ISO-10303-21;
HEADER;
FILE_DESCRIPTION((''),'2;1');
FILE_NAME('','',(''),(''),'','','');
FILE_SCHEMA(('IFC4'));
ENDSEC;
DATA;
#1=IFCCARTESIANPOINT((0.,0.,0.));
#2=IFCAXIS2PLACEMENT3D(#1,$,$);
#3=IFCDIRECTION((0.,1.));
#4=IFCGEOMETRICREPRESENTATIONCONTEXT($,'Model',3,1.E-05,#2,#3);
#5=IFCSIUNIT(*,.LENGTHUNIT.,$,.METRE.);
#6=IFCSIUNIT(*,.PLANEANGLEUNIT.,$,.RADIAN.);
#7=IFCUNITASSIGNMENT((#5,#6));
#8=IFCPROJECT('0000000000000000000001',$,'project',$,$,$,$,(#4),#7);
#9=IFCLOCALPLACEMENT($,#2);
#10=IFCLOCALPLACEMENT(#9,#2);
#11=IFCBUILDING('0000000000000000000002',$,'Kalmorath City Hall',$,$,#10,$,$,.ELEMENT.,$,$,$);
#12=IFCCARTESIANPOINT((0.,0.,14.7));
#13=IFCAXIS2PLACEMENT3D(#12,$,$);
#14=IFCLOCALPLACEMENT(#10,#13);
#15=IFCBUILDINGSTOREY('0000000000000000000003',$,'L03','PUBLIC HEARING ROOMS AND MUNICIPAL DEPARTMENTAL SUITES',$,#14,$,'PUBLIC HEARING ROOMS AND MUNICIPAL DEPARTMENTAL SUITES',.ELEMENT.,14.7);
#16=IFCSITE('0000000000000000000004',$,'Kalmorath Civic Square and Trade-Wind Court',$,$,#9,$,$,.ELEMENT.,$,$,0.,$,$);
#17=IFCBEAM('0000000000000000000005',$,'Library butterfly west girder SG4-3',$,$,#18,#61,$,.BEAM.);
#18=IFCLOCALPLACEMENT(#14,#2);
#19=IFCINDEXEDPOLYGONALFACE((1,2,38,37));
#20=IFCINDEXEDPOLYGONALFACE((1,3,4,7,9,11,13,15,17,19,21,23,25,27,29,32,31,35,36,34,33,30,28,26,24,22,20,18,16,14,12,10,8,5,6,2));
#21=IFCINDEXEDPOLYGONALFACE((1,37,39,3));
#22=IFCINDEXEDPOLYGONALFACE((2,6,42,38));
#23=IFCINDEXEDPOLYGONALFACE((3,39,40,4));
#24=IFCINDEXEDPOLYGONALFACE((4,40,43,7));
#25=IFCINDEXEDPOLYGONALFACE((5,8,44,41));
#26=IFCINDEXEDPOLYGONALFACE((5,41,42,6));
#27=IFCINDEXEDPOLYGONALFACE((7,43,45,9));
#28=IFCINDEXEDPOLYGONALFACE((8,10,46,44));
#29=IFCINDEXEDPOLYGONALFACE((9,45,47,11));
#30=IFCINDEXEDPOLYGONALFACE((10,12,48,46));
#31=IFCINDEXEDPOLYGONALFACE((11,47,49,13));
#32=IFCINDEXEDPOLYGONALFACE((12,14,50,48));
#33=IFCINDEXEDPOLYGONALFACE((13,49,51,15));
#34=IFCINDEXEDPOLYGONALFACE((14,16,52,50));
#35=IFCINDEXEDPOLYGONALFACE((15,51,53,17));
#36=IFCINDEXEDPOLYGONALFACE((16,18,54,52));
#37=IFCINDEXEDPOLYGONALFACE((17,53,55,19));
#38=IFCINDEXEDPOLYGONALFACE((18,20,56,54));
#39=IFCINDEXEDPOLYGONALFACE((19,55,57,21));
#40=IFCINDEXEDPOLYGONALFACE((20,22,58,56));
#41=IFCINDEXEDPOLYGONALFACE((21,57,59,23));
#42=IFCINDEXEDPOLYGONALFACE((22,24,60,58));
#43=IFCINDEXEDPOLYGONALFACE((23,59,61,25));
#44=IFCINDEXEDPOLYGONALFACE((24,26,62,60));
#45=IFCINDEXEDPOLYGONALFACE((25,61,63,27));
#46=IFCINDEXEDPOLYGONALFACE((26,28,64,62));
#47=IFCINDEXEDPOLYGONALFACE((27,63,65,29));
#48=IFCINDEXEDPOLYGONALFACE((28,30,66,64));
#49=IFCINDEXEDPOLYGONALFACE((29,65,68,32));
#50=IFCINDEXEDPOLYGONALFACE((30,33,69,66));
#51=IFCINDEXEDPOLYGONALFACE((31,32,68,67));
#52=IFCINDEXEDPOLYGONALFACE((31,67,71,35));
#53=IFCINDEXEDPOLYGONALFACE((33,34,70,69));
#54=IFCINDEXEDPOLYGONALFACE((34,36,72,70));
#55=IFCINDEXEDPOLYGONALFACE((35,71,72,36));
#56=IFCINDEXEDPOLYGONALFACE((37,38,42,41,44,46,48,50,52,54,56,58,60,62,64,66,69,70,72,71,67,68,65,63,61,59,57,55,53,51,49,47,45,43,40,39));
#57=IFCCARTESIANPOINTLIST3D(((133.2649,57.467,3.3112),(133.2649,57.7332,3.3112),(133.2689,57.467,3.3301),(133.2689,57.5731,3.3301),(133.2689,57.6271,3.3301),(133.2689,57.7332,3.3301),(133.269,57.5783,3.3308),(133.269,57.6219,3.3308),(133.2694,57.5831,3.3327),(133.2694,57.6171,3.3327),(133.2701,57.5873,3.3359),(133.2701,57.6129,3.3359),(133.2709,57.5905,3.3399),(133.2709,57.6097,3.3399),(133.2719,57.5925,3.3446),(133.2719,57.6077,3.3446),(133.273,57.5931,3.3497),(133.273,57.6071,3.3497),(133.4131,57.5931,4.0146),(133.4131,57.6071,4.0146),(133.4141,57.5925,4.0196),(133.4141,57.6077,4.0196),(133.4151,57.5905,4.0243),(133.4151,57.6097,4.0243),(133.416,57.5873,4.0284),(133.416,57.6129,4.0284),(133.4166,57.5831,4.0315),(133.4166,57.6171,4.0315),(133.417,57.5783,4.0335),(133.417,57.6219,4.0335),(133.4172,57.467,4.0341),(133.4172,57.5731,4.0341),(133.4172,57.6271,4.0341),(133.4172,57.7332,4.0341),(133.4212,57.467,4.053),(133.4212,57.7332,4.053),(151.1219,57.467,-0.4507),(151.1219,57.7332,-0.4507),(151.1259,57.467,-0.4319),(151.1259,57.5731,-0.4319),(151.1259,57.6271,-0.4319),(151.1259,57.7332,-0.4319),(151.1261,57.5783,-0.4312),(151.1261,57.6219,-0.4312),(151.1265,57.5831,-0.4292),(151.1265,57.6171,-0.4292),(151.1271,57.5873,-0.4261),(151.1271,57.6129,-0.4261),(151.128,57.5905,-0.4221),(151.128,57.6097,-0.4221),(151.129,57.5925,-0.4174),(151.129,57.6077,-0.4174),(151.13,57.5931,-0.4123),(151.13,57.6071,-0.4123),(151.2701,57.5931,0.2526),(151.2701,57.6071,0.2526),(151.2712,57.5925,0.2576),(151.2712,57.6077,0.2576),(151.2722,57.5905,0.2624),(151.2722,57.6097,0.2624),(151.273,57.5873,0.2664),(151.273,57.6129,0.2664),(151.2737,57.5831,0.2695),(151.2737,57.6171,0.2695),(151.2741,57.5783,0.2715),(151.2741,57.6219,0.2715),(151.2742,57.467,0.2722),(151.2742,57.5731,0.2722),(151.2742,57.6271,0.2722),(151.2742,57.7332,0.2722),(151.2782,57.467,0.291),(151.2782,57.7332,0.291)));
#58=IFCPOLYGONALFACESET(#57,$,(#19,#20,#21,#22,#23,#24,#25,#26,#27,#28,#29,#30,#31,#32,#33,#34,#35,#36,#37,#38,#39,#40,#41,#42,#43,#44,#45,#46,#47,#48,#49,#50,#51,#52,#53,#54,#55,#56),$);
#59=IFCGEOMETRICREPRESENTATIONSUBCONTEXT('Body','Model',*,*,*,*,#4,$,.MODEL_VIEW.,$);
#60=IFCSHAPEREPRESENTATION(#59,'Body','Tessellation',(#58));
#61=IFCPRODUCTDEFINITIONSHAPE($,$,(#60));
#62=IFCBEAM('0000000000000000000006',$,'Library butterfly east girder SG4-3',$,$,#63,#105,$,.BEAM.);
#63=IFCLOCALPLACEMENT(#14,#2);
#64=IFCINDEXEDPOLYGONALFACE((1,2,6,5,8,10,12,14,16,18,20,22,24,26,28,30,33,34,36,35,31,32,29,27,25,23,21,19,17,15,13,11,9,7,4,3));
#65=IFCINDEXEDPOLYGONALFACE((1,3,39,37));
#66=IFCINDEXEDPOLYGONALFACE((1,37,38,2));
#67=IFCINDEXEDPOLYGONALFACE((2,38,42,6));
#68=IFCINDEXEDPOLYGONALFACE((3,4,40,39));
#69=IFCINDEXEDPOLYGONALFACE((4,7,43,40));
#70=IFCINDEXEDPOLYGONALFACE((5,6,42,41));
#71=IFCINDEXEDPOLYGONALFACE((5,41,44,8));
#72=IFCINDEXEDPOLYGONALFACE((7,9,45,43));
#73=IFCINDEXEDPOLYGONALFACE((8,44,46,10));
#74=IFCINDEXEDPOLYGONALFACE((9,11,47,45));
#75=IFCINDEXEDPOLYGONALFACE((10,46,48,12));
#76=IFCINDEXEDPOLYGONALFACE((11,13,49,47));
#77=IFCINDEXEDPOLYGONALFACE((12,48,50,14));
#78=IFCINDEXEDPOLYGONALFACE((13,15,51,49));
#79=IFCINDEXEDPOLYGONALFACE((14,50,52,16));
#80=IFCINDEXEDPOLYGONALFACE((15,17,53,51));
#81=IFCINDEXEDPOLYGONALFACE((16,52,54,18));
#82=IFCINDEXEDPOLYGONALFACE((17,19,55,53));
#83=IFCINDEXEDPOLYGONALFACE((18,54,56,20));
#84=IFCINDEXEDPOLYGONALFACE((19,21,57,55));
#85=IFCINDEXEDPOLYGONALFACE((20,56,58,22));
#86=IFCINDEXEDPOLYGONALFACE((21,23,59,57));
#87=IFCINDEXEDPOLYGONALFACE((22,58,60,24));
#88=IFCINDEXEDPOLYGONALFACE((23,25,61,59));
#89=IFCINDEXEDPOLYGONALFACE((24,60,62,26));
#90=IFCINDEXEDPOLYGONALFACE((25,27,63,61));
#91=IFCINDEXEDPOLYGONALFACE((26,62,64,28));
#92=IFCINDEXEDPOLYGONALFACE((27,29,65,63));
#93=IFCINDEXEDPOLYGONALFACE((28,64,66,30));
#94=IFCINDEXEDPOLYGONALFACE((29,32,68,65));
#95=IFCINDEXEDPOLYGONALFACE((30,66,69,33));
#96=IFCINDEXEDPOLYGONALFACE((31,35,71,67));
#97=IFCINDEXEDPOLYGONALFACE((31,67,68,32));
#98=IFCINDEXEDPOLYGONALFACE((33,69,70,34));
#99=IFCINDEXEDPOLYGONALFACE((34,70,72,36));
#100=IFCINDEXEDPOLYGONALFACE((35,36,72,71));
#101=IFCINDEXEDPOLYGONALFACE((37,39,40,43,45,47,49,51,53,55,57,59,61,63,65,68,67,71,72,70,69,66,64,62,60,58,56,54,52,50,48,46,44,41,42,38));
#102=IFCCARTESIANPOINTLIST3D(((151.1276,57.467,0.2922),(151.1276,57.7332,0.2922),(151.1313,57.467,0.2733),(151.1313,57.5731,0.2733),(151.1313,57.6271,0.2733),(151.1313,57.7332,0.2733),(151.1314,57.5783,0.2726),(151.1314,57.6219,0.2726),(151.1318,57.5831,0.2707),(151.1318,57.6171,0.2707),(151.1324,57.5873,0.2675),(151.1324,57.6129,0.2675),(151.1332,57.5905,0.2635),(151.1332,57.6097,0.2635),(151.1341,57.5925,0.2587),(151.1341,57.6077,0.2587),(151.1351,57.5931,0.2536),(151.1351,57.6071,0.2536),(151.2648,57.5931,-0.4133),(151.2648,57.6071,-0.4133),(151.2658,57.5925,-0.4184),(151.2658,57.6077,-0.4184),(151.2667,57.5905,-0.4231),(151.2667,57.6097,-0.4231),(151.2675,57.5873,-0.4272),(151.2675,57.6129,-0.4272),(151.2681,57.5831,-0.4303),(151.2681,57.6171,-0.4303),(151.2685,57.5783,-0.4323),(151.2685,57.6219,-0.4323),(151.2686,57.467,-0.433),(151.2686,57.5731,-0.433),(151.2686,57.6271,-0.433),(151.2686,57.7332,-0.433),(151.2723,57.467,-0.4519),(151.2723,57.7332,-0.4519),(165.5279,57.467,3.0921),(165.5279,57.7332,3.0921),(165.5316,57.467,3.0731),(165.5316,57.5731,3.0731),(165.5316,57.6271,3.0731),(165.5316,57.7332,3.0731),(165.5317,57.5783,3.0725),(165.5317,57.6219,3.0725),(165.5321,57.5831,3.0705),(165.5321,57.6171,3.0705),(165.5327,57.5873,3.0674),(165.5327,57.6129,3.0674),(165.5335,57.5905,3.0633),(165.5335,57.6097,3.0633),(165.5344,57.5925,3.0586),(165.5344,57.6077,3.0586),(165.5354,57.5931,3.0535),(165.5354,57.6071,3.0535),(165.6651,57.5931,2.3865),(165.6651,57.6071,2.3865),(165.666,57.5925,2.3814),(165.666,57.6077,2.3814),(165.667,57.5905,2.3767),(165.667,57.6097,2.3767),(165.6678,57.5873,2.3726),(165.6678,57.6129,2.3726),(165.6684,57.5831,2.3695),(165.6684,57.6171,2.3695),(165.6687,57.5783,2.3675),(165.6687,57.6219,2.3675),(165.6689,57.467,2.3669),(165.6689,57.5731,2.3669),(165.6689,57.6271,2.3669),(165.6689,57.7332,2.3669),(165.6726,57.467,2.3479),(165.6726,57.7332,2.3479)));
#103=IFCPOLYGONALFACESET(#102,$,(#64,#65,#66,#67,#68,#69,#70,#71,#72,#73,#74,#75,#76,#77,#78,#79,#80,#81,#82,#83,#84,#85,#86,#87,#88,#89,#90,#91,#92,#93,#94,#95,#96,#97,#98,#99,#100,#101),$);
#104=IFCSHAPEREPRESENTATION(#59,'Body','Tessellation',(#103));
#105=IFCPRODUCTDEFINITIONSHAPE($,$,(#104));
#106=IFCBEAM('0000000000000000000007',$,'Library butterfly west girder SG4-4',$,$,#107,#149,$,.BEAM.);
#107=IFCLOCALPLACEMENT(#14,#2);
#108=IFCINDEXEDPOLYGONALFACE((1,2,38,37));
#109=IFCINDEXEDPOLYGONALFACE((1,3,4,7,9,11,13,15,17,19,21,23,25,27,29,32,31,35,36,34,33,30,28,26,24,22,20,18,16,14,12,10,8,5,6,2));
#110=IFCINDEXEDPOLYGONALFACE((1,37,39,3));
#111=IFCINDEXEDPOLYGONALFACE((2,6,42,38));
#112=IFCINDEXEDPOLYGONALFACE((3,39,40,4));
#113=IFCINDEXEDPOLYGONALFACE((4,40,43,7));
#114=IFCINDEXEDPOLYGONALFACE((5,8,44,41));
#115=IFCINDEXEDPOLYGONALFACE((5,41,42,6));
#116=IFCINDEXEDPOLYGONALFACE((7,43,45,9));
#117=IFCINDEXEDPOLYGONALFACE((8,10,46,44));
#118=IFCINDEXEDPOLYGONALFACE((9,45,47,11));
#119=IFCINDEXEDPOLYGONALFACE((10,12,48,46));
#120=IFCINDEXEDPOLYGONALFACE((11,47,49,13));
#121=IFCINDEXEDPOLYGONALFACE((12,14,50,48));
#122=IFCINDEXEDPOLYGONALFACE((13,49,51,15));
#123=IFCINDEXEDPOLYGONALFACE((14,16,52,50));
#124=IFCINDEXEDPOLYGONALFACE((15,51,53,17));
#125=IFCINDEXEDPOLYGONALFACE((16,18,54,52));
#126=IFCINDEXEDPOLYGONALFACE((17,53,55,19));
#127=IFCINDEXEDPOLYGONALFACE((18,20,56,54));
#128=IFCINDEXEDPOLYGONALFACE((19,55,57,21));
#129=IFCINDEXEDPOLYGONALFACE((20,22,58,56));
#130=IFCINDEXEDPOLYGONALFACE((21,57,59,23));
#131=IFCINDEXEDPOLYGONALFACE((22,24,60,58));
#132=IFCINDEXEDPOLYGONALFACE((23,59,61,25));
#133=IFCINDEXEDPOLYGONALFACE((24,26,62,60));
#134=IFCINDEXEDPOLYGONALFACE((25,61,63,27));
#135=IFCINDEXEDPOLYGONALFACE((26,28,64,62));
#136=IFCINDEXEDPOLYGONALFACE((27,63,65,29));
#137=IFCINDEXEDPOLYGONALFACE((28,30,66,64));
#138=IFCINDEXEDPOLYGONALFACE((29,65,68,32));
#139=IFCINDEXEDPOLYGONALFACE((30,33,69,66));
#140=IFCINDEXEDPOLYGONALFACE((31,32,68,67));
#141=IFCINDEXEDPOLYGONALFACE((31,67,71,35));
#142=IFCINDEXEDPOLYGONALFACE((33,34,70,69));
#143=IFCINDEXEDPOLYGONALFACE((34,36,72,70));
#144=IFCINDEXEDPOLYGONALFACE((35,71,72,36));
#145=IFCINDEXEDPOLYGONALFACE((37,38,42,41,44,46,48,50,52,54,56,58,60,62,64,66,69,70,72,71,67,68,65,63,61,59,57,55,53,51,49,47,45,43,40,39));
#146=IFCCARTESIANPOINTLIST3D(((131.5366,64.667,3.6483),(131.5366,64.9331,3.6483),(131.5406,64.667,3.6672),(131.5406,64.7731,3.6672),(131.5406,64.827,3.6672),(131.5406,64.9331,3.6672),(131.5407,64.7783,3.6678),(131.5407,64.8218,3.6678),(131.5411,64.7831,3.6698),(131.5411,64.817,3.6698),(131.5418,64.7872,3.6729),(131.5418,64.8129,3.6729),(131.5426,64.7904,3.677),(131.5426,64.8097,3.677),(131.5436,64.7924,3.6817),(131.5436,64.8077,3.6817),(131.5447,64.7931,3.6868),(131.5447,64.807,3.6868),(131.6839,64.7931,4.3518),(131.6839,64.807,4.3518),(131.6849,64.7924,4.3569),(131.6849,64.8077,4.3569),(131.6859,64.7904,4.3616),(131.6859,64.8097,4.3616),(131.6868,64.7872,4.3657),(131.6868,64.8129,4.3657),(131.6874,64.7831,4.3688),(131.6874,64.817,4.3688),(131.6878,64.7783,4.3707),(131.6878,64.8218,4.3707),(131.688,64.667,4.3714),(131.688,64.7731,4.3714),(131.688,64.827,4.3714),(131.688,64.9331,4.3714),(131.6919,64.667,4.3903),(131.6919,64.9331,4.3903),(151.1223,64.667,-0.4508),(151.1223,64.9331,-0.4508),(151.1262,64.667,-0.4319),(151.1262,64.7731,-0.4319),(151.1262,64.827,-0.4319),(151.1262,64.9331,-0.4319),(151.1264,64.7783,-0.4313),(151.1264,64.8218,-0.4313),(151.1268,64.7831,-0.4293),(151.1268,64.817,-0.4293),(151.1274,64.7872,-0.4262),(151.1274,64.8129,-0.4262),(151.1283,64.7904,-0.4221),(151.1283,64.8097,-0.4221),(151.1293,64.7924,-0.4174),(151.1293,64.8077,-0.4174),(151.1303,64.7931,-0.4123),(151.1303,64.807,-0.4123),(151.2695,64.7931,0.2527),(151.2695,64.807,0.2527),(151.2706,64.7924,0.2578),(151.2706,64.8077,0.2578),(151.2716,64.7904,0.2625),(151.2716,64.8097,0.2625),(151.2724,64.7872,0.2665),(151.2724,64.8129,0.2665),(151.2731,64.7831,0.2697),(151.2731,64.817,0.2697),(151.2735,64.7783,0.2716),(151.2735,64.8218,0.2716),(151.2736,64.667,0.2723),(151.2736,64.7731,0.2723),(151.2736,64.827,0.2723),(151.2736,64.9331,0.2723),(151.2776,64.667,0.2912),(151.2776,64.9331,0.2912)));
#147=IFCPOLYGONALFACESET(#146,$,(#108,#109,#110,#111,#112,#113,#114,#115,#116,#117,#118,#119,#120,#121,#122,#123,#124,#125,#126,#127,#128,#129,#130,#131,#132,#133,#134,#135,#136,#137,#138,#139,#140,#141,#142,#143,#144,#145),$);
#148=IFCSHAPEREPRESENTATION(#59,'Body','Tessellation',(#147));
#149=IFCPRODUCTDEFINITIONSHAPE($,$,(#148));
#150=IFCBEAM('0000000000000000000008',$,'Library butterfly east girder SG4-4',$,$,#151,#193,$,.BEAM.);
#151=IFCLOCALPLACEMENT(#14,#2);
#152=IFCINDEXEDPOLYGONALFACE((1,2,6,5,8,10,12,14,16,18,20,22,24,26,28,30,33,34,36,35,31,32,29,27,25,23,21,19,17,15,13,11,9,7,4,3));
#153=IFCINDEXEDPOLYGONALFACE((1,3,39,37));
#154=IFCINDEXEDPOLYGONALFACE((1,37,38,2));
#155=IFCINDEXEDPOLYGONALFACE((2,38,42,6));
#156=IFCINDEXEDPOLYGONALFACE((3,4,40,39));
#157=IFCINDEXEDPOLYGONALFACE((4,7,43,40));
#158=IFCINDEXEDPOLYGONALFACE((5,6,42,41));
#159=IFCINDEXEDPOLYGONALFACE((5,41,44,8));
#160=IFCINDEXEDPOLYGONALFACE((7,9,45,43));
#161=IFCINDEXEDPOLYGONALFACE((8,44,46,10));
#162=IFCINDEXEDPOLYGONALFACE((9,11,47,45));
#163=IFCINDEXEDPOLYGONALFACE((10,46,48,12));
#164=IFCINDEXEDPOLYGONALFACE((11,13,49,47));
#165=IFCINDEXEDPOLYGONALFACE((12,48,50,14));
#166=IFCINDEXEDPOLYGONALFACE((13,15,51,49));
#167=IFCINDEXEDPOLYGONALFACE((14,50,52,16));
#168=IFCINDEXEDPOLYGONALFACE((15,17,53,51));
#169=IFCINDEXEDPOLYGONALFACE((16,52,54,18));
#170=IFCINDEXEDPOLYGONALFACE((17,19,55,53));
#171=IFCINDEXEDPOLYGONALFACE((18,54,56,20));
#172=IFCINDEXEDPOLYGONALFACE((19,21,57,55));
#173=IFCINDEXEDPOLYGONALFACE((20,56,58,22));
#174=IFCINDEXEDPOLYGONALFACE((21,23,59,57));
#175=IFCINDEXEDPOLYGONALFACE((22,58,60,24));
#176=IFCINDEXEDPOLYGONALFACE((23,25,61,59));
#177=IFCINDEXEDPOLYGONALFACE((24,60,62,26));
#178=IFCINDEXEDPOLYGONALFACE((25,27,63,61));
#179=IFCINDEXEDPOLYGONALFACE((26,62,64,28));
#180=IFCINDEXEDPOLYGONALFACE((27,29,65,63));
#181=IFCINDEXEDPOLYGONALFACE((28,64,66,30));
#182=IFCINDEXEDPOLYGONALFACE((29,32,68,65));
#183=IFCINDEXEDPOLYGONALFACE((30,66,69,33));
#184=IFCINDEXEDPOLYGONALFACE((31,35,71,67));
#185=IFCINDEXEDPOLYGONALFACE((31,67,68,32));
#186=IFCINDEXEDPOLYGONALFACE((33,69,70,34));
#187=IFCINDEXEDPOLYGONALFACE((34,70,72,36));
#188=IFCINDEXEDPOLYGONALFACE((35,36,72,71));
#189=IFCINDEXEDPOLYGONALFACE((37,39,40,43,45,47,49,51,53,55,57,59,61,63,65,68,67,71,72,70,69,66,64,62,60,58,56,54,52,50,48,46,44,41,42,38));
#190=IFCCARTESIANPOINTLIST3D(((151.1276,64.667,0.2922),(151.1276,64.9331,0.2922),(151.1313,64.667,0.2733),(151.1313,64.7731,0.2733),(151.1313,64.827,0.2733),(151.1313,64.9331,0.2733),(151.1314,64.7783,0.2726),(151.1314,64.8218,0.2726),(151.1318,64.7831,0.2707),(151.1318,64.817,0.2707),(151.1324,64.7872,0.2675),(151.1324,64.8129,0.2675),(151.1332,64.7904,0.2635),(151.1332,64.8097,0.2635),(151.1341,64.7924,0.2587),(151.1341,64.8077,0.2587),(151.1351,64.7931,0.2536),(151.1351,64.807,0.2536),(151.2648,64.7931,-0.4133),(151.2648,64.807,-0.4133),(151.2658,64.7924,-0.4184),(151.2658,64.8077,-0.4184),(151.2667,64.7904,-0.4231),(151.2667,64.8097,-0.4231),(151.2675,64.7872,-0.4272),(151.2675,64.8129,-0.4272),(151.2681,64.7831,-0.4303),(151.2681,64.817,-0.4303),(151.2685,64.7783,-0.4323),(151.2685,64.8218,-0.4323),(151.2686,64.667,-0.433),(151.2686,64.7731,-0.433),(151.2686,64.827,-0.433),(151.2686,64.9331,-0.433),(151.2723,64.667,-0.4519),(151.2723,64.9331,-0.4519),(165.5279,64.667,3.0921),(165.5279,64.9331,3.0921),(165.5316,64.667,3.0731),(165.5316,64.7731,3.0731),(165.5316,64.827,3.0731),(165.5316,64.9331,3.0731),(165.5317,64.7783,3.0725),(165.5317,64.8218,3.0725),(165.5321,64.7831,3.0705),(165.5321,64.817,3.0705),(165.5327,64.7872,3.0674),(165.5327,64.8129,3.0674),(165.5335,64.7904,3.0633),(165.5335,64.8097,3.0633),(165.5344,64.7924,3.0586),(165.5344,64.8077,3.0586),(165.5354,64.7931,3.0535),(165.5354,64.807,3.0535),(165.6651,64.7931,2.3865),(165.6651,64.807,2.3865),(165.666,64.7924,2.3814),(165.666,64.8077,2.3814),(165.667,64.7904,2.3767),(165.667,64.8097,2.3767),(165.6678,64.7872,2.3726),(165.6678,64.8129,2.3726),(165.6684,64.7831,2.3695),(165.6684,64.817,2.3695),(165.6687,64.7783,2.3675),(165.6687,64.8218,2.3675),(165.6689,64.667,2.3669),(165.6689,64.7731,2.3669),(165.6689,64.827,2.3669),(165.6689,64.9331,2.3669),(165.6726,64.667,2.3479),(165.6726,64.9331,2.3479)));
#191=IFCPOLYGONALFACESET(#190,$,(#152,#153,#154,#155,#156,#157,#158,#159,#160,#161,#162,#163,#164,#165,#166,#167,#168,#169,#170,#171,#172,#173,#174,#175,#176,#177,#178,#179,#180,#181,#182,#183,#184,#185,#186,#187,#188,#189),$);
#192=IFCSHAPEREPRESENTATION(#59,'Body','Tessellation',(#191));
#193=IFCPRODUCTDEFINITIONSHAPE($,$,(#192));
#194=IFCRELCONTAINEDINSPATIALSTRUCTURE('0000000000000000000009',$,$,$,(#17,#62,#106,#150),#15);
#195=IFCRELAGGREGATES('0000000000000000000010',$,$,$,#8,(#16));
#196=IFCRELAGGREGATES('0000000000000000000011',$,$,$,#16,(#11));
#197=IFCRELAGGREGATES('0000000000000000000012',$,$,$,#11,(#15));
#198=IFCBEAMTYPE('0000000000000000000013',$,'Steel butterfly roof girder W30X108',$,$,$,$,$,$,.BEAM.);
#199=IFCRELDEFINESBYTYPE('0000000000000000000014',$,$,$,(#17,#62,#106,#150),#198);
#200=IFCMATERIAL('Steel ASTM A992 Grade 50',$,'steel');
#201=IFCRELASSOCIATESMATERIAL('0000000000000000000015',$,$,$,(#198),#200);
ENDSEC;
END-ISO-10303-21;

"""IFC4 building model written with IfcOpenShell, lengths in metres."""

from ifc_helpers import new_model, si_unit, direction, frame, origin, origin_2d, place, context, subcontext, project, spatial, i_section, extrude, material, material_profile, profile_set, type_object, element, save


model = new_model("IFC4")

# Units and contexts
model_context = context("Model", 3, precision=1e-05, world=origin(), true_north=direction((0.0, 1.0)))
body_context = subcontext(model_context, "Body", "Model", "MODEL_VIEW")
ifc_project = project(units=[si_unit("LENGTHUNIT", "METRE"), si_unit("PLANEANGLEUNIT", "RADIAN")], contexts=[model_context])

# Site, building, storey
site_placement = place(None, origin())
site = spatial("IfcSite", under=ifc_project, at=site_placement, Name="Kalmorath Civic Square and Trade-Wind Court", CompositionType="ELEMENT", RefElevation=0.0)
building_placement = place(site_placement, origin())
building = spatial("IfcBuilding", under=site, at=building_placement, Name="Kalmorath City Hall", CompositionType="ELEMENT")
storey_placement = place(building_placement, frame((0.0, 0.0, 14.7)))
storey = spatial("IfcBuildingStorey", under=building, at=storey_placement, Name="L03", Description="PUBLIC HEARING ROOMS AND MUNICIPAL DEPARTMENTAL SUITES", LongName="PUBLIC HEARING ROOMS AND MUNICIPAL DEPARTMENTAL SUITES", CompositionType="ELEMENT", Elevation=14.7)

# Beams
ifc_material_1 = material(Name="Steel ASTM A992 Grade 50", Category="steel")
ifc_material_profile_1 = material_profile(ifc_material_1, i_section(OverallWidth=0.2661, OverallDepth=0.7581, WebThickness=0.0139, FlangeThickness=0.0193, FilletRadius=0.02, at=origin_2d()), Name="W30X108")
ifc_profile_set_1 = profile_set([ifc_material_profile_1], Name="Steel ASTM A992 Grade 50")
beam_type_1 = type_object("IfcBeamType", Name="Steel butterfly roof girder W30X108", PredefinedType="BEAM", material=ifc_profile_set_1)
beam_1_placement = place(storey_placement, frame((133.343, 57.6001, 3.6821), z_axis=(0.978521, 0.0, -0.206147), x_axis=(0.0, 1.0, 0.0)))
element("IfcBeam", 1, at=beam_1_placement, inside=storey, type_object=beam_type_1, Name="Library butterfly west girder SG4-3", PredefinedType="BEAM", context=body_context, shape_type="SweptSolid", body=[
    extrude(i_section(OverallWidth=0.2661, OverallDepth=0.7581, WebThickness=0.0139, FlangeThickness=0.0193, FilletRadius=0.02, at=origin_2d()), origin(), (0.0, 0.0, 1.0), 18.249),
])
beam_2_placement = place(storey_placement, frame((151.2, 57.6001, -0.0798), z_axis=(0.981618, 0.0, 0.190855), x_axis=(0.0, 1.0, 0.0)))
element("IfcBeam", 2, at=beam_2_placement, inside=storey, type_object=beam_type_1, Name="Library butterfly east girder SG4-3", PredefinedType="BEAM", context=body_context, shape_type="SweptSolid", body=[
    extrude(i_section(OverallWidth=0.2661, OverallDepth=0.7581, WebThickness=0.0139, FlangeThickness=0.0193, FilletRadius=0.02, at=origin_2d()), origin(), (0.0, 0.0, 1.0), 14.6699),
])
beam_3_placement = place(storey_placement, frame((131.6143, 64.8, 4.0193), z_axis=(0.978793, 0.0, -0.204853), x_axis=(0.0, 1.0, 0.0)))
element("IfcBeam", 3, at=beam_3_placement, inside=storey, type_object=beam_type_1, Name="Library butterfly west girder SG4-4", PredefinedType="BEAM", context=body_context, shape_type="SweptSolid", body=[
    extrude(i_section(OverallWidth=0.2661, OverallDepth=0.7581, WebThickness=0.0139, FlangeThickness=0.0193, FilletRadius=0.02, at=origin_2d()), origin(), (0.0, 0.0, 1.0), 20.01),
])
beam_4_placement = place(storey_placement, frame((151.2, 64.8, -0.0798), z_axis=(0.981618, 0.0, 0.190855), x_axis=(0.0, 1.0, 0.0)))
element("IfcBeam", 4, at=beam_4_placement, inside=storey, type_object=beam_type_1, Name="Library butterfly east girder SG4-4", PredefinedType="BEAM", context=body_context, shape_type="SweptSolid", body=[
    extrude(i_section(OverallWidth=0.2661, OverallDepth=0.7581, WebThickness=0.0139, FlangeThickness=0.0193, FilletRadius=0.02, at=origin_2d()), origin(), (0.0, 0.0, 1.0), 14.6699),
])

save(model, "model.ifc")
